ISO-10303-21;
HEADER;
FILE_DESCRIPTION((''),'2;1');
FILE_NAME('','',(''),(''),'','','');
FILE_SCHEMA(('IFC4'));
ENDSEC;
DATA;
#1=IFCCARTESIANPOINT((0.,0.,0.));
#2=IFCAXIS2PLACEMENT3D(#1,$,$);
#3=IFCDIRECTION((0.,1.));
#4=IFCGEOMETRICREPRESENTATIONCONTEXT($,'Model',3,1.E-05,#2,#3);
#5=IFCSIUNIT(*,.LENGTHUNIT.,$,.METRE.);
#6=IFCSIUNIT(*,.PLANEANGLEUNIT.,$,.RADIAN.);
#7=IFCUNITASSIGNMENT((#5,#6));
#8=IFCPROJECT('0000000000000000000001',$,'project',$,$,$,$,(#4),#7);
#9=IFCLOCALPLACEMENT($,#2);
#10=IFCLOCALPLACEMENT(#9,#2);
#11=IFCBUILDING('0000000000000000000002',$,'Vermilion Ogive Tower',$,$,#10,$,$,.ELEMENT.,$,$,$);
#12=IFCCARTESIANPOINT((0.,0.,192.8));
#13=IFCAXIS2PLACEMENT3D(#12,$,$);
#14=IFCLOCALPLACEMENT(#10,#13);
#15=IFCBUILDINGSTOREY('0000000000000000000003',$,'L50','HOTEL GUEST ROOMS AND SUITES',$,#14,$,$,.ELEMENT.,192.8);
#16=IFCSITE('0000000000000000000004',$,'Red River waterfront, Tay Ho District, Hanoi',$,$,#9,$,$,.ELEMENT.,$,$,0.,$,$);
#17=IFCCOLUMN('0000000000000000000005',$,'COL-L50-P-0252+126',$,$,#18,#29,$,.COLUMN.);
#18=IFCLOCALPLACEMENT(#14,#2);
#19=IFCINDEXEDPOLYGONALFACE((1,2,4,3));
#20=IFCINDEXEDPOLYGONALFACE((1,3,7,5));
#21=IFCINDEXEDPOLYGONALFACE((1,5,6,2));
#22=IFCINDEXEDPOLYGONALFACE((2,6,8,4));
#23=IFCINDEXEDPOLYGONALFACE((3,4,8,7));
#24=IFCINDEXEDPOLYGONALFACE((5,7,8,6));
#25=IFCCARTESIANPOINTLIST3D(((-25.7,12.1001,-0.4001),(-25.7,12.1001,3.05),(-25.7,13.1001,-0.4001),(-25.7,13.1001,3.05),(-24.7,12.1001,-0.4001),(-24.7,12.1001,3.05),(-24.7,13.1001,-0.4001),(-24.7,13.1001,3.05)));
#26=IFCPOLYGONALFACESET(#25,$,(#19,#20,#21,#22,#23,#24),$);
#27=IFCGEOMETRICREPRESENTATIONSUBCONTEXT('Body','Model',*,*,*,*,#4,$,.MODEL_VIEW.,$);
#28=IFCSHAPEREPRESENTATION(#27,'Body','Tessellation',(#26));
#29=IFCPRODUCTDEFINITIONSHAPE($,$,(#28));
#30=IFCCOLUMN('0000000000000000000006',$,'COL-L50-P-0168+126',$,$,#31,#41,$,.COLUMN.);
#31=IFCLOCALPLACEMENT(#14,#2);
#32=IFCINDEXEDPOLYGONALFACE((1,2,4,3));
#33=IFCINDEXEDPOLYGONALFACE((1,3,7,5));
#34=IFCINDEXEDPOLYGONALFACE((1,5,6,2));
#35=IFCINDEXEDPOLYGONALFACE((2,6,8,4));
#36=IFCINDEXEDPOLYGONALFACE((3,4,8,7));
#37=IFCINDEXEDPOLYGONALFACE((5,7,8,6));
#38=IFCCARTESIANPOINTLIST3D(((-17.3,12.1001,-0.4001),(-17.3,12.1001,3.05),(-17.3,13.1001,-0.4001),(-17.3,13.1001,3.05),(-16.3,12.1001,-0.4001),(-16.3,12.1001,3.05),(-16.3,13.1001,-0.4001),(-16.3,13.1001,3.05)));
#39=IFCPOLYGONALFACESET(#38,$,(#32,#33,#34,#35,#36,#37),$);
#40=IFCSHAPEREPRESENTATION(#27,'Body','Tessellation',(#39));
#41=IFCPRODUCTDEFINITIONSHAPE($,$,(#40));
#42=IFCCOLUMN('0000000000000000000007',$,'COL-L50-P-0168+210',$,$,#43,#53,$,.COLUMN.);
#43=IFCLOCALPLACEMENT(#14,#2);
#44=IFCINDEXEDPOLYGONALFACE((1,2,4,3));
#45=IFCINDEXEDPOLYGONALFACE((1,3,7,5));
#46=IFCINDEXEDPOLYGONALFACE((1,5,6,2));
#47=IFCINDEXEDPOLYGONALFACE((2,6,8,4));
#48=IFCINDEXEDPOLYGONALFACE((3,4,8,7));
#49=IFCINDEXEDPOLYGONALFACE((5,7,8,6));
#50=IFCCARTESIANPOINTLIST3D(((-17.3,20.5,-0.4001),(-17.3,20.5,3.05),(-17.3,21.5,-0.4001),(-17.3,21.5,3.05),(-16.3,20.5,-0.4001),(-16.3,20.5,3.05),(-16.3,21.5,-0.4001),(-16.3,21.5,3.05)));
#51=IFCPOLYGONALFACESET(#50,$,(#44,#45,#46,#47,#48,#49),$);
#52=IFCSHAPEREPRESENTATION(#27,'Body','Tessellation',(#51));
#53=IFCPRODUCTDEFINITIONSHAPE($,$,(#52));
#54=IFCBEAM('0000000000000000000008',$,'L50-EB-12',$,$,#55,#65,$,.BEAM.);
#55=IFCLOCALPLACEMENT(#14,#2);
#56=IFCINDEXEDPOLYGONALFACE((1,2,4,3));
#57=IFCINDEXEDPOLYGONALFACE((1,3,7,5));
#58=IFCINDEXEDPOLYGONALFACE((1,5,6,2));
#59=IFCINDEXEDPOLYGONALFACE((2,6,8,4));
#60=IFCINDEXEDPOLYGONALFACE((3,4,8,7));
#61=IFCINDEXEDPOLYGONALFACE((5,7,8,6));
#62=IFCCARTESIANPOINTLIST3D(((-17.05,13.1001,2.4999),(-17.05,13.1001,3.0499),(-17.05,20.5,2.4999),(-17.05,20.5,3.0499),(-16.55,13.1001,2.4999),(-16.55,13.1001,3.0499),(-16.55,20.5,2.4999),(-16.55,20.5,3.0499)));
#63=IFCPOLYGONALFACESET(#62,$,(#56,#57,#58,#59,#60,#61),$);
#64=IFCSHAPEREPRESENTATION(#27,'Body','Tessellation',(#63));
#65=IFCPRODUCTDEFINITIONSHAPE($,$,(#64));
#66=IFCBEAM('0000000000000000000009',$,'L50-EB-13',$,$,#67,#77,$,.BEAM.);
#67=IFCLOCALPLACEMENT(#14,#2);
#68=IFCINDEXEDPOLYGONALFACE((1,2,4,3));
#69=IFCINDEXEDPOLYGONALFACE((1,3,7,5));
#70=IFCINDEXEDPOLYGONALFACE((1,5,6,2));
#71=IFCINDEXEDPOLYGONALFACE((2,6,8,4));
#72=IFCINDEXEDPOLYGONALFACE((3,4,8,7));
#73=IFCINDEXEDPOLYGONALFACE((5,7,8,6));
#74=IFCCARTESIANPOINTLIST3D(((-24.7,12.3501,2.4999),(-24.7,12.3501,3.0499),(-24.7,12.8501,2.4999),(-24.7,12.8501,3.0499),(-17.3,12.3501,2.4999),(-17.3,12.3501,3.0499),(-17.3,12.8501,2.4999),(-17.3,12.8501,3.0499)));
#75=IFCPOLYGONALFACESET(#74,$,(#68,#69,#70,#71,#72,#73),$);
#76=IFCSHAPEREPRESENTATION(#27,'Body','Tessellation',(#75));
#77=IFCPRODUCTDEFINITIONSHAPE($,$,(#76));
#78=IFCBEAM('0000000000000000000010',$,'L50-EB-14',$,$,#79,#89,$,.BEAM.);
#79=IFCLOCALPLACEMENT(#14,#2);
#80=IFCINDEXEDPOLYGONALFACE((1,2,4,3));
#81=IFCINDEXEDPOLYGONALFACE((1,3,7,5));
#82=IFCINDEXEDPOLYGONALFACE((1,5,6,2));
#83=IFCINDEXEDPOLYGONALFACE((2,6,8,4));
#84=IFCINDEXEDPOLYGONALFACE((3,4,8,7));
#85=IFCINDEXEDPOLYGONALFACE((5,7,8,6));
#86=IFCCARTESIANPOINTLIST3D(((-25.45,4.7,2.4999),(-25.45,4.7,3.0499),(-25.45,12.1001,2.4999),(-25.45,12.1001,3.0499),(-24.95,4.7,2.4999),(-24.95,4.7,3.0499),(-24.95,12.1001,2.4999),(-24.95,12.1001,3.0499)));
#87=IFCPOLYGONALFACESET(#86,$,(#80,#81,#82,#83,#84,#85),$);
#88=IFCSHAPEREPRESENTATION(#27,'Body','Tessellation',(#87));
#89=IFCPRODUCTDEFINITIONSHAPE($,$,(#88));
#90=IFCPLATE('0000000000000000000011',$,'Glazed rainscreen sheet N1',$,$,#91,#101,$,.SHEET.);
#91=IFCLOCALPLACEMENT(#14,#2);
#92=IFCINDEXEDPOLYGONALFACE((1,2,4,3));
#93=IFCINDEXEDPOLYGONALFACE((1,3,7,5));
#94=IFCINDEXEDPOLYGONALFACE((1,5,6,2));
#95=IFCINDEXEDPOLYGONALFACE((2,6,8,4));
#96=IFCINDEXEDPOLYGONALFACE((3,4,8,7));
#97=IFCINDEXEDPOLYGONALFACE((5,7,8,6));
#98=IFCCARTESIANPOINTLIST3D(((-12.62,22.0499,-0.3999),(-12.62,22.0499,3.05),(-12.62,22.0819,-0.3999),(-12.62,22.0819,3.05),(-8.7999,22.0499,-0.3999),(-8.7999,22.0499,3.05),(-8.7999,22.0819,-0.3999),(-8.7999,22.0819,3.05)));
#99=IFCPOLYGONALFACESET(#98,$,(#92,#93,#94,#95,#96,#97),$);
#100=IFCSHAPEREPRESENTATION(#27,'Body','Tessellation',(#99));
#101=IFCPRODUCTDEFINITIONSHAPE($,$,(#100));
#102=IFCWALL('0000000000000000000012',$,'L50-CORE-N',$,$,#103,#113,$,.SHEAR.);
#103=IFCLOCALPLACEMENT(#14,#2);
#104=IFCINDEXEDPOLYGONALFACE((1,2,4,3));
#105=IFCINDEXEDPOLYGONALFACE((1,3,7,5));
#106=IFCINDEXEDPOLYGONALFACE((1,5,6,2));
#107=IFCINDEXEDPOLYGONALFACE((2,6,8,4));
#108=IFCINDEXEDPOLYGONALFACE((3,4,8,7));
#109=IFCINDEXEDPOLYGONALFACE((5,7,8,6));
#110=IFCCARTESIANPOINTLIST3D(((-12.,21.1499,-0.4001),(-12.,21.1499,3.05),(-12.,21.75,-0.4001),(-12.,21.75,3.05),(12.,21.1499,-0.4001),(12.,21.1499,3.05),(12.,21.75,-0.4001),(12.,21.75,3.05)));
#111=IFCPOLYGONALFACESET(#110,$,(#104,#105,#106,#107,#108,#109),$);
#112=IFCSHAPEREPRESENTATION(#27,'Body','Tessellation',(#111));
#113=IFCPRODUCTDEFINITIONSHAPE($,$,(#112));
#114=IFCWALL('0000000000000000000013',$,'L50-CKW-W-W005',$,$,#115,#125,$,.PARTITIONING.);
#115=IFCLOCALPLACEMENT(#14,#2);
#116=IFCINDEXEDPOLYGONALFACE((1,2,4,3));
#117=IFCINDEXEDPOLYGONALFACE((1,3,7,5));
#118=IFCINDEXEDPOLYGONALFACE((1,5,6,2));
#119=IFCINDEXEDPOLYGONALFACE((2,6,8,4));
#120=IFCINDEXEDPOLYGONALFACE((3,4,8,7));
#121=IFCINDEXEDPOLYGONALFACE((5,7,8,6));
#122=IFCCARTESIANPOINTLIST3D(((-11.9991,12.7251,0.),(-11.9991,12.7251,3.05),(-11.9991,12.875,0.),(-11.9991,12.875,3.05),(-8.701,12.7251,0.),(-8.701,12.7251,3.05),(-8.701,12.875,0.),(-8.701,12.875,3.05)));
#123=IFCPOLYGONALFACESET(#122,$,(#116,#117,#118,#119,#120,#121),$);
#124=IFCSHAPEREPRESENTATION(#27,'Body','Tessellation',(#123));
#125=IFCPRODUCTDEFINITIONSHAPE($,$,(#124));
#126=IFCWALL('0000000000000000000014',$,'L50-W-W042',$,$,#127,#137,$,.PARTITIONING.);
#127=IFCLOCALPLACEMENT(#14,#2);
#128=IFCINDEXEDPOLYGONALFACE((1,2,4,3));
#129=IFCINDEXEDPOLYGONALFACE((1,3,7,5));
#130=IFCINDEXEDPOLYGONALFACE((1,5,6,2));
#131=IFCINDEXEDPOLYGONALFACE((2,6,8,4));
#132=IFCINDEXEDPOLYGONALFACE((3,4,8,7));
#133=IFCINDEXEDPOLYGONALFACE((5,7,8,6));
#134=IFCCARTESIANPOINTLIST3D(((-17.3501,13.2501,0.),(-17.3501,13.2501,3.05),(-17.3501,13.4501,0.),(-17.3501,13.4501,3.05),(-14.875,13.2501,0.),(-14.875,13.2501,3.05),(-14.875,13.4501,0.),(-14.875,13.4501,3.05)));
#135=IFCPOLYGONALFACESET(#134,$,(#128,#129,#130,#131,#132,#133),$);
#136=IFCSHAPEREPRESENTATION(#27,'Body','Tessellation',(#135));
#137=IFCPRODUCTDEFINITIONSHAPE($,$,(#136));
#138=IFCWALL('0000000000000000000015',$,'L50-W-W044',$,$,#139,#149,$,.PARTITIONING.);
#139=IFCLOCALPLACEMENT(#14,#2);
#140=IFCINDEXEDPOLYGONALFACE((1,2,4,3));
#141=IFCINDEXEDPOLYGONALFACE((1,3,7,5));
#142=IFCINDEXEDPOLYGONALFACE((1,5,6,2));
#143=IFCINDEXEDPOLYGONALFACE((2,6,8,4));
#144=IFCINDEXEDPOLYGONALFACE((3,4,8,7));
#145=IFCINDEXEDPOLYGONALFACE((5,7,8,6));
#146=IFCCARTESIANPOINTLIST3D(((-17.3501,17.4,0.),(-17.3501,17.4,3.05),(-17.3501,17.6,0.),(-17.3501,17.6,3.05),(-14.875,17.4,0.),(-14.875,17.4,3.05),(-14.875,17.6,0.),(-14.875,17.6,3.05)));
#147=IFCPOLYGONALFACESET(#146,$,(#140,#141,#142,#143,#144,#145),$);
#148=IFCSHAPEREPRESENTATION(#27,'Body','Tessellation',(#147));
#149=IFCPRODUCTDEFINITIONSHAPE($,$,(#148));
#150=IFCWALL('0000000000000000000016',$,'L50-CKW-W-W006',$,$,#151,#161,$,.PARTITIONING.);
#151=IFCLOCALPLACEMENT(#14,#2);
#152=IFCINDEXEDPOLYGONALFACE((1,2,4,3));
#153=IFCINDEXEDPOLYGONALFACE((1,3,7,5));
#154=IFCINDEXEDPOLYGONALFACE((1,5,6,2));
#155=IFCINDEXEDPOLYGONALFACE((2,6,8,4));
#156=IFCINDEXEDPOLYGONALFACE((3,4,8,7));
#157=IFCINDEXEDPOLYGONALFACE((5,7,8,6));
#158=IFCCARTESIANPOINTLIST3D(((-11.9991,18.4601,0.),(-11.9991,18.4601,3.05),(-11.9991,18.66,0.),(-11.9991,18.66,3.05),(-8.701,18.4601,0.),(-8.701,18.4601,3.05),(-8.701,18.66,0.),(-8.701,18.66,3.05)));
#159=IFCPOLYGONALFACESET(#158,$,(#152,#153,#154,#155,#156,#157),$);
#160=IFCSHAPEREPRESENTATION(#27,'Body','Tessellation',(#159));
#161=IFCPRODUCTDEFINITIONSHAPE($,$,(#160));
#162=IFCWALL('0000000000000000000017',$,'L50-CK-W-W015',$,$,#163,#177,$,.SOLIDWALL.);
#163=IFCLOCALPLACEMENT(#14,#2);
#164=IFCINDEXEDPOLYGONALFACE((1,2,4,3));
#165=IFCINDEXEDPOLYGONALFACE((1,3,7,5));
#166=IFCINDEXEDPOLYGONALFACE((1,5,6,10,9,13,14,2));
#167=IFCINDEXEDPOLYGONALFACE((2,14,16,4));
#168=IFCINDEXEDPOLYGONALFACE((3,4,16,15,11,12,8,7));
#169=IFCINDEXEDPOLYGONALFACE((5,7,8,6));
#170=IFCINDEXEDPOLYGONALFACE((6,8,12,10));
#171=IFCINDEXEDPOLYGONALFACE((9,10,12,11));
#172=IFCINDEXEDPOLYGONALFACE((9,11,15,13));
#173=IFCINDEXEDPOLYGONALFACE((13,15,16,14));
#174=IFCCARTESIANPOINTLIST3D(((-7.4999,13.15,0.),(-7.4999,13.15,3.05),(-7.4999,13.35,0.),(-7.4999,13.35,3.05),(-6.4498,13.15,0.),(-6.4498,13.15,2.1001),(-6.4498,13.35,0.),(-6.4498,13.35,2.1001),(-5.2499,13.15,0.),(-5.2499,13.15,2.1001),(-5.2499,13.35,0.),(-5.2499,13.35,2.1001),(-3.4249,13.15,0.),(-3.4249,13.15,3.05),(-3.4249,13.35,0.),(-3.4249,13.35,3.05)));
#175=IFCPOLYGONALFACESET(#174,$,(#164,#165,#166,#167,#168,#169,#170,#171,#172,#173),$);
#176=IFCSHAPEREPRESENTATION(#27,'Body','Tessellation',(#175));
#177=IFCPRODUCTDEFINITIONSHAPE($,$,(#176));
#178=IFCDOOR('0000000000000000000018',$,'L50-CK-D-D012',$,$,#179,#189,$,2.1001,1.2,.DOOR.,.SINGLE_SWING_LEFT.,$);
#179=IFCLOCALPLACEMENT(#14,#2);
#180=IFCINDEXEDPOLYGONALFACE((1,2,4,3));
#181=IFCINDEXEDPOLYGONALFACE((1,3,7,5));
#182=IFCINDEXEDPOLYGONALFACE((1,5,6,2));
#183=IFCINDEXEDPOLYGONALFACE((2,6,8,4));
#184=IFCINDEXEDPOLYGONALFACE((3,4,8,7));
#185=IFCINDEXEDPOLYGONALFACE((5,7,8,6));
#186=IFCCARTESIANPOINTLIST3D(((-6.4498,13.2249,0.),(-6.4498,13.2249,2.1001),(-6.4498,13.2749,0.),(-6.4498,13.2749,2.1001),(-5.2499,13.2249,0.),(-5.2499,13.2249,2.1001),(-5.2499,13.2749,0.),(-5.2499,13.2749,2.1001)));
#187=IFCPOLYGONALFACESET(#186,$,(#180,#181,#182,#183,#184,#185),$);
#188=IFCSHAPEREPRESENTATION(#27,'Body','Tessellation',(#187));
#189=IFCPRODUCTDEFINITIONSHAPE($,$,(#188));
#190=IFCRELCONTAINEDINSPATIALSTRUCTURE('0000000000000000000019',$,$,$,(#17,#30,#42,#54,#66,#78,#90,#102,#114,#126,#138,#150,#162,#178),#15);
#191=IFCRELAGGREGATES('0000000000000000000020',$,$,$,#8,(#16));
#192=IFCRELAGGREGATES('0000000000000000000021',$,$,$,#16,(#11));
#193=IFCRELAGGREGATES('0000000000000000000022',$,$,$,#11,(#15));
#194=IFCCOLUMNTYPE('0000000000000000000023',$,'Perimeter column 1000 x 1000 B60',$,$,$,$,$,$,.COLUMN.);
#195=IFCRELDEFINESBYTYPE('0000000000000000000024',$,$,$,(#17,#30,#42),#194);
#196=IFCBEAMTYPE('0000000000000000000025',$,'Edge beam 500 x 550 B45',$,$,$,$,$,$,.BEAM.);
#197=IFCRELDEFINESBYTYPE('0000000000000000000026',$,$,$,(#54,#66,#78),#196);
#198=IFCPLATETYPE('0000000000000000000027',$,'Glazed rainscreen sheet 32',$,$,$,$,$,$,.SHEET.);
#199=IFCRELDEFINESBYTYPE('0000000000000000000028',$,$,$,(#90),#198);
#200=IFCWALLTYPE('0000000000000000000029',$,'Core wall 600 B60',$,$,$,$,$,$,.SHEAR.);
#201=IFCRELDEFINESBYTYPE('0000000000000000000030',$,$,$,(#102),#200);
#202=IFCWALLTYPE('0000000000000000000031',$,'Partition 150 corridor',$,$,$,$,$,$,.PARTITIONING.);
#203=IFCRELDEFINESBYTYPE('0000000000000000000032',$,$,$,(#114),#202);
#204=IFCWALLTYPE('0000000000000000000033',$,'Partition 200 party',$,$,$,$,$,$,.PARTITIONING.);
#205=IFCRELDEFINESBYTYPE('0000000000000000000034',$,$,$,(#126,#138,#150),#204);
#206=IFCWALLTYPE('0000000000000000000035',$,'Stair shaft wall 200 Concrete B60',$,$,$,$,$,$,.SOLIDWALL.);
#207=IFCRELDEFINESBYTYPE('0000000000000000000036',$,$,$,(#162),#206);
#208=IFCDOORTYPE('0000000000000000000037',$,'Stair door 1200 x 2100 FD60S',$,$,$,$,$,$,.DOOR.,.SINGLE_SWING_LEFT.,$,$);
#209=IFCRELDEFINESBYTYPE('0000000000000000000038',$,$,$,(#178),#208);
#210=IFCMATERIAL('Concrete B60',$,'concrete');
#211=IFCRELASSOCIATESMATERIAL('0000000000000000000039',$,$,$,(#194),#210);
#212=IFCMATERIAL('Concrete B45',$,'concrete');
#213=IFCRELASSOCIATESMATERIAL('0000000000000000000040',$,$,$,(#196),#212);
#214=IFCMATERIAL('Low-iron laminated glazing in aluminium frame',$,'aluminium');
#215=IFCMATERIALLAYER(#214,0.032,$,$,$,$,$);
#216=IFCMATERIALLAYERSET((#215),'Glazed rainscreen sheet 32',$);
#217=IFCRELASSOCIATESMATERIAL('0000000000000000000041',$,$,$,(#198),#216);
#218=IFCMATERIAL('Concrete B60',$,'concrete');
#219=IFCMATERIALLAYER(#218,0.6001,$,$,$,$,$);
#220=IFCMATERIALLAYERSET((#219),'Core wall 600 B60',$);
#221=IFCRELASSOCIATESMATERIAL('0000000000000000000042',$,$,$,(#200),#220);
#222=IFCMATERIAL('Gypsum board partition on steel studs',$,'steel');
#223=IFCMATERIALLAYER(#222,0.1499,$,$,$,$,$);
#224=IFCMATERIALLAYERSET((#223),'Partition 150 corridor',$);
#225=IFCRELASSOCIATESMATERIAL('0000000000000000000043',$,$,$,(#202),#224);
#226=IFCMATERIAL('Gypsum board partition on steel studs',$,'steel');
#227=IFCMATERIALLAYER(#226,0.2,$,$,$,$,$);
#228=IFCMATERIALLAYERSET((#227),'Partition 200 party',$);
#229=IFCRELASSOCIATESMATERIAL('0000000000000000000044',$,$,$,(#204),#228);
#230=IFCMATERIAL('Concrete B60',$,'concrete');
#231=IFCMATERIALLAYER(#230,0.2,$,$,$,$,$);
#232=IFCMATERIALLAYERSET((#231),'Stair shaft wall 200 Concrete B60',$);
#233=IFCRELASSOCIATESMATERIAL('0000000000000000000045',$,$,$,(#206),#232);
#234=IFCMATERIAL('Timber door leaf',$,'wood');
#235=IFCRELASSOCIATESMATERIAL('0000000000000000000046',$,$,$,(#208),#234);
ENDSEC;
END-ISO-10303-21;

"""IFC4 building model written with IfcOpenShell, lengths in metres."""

from ifc_helpers import new_model, si_unit, direction, frame, frame_2d, origin, origin_2d, place, context, subcontext, project, spatial, rectangle, extrude, material, layer, layer_set, material_profile, profile_set, type_object, element, fill, save


model = new_model("IFC4")

# Units and contexts
model_context = context("Model", 3, precision=1e-05, world=origin(), true_north=direction((0.0, 1.0)))
body_context = subcontext(model_context, "Body", "Model", "MODEL_VIEW")
ifc_project = project(units=[si_unit("LENGTHUNIT", "METRE"), si_unit("PLANEANGLEUNIT", "RADIAN")], contexts=[model_context])

# Site, building, storey
site_placement = place(None, origin())
site = spatial("IfcSite", under=ifc_project, at=site_placement, Name="Red River waterfront, Tay Ho District, Hanoi", CompositionType="ELEMENT", RefElevation=0.0)
building_placement = place(site_placement, origin())
building = spatial("IfcBuilding", under=site, at=building_placement, Name="Vermilion Ogive Tower", CompositionType="ELEMENT")
storey_placement = place(building_placement, frame((0.0, 0.0, 192.8)))
storey = spatial("IfcBuildingStorey", under=building, at=storey_placement, Name="L50", Description="HOTEL GUEST ROOMS AND SUITES", CompositionType="ELEMENT", Elevation=192.8)

# Columns
ifc_material_1 = material(Name="Concrete B60", Category="concrete")
ifc_material_profile_1 = material_profile(ifc_material_1, rectangle(XDim=1.0, YDim=1.0, at=origin_2d()), Name="1000 x 1000")
ifc_profile_set_1 = profile_set([ifc_material_profile_1], Name="Concrete B60")
column_type = type_object("IfcColumnType", Name="Perimeter column 1000 x 1000 B60", PredefinedType="COLUMN", material=ifc_profile_set_1)
for number, where, z_axis, x_axis, name in (
    (1, (-25.2, 12.6001, -0.4001), (0.0, 0.0, 1.0), (1.0, 0.0, 0.0), "COL-L50-P-0252+126"),
    (2, (-16.8, 12.6001, -0.4001), (0.0, 0.0, 1.0), (1.0, 0.0, 0.0), "COL-L50-P-0168+126"),
    (3, (-16.8, 21.0, -0.4001), (0.0, 0.0, 1.0), (1.0, 0.0, 0.0), "COL-L50-P-0168+210"),
):
    element("IfcColumn", number, at=place(storey_placement, frame(where, z_axis=z_axis, x_axis=x_axis)), inside=storey, type_object=column_type, Name=name, PredefinedType="COLUMN", context=body_context, shape_type="SweptSolid", body=[
        extrude(rectangle(XDim=1.0, YDim=1.0, at=origin_2d()), origin(), (0.0, 0.0, 1.0), 3.4502),
    ])

# Beams
ifc_material_2 = material(Name="Concrete B45", Category="concrete")
ifc_material_profile_2 = material_profile(ifc_material_2, rectangle(XDim=0.5, YDim=0.55, at=origin_2d()), Name="500 x 550")
ifc_profile_set_2 = profile_set([ifc_material_profile_2], Name="Concrete B45")
beam_type = type_object("IfcBeamType", Name="Edge beam 500 x 550 B45", PredefinedType="BEAM", material=ifc_profile_set_2)
for number, where, z_axis, x_axis, name in (
    (4, (-16.8, 20.5, 2.7749), (0.0, -1.0, 0.0), (1.0, 0.0, 0.0), "L50-EB-12"),
    (5, (-17.3, 12.6001, 2.7749), (-1.0, 0.0, 0.0), (0.0, -1.0, 0.0), "L50-EB-13"),
):
    element("IfcBeam", number, at=place(storey_placement, frame(where, z_axis=z_axis, x_axis=x_axis)), inside=storey, type_object=beam_type, Name=name, PredefinedType="BEAM", context=body_context, shape_type="SweptSolid", body=[
        extrude(rectangle(XDim=0.5, YDim=0.55, at=origin_2d()), origin(), (0.0, 0.0, 1.0), 7.3999),
    ])
beam_placement = place(storey_placement, frame((-25.2, 12.1001, 2.7749), z_axis=(0.0, -1.0, 0.0), x_axis=(1.0, 0.0, 0.0)))
element("IfcBeam", 6, at=beam_placement, inside=storey, type_object=beam_type, Name="L50-EB-14", PredefinedType="BEAM", context=body_context, shape_type="SweptSolid", body=[
    extrude(rectangle(XDim=0.5, YDim=0.55, at=origin_2d()), origin(), (0.0, 0.0, 1.0), 7.4001),
])

# Plate
ifc_material_3 = material(Name="Low-iron laminated glazing in aluminium frame", Category="aluminium")
ifc_layer_1 = layer(ifc_material_3, 0.032)
ifc_layer_set_1 = layer_set([ifc_layer_1], Name="Glazed rainscreen sheet 32")
plate_type = type_object("IfcPlateType", Name="Glazed rainscreen sheet 32", PredefinedType="SHEET", material=ifc_layer_set_1)
plate_placement = place(storey_placement, frame((-10.71, 22.0659, -0.3999), z_axis=(0.0, 0.0, 1.0), x_axis=(1.0, 0.0, 0.0)))
element("IfcPlate", 7, at=plate_placement, inside=storey, type_object=plate_type, Name="Glazed rainscreen sheet N1", PredefinedType="SHEET", context=body_context, shape_type="SweptSolid", body=[
    extrude(rectangle(XDim=3.8201, YDim=0.032, at=origin_2d()), origin(), (0.0, 0.0, 1.0), 3.45),
])

# Walls
ifc_material_4 = material(Name="Concrete B60", Category="concrete")
ifc_layer_2 = layer(ifc_material_4, 0.6001)
ifc_layer_set_2 = layer_set([ifc_layer_2], Name="Core wall 600 B60")
wall_type_1 = type_object("IfcWallType", Name="Core wall 600 B60", PredefinedType="SHEAR", material=ifc_layer_set_2)
wall_1_placement = place(storey_placement, frame((-12.0, 21.45, -0.4001), z_axis=(0.0, 0.0, 1.0), x_axis=(1.0, 0.0, 0.0)))
element("IfcWall", 8, at=wall_1_placement, inside=storey, type_object=wall_type_1, Name="L50-CORE-N", PredefinedType="SHEAR", context=body_context, shape_type="SweptSolid", body=[
    extrude(rectangle(XDim=24.0, YDim=0.6001, at=frame_2d((12.0, 0.0))), origin(), (0.0, 0.0, 1.0), 3.4502),
])
ifc_material_5 = material(Name="Gypsum board partition on steel studs", Category="steel")
ifc_layer_3 = layer(ifc_material_5, 0.1499)
ifc_layer_set_3 = layer_set([ifc_layer_3], Name="Partition 150 corridor")
wall_type_2 = type_object("IfcWallType", Name="Partition 150 corridor", PredefinedType="PARTITIONING", material=ifc_layer_set_3)
wall_2_placement = place(storey_placement, frame((-11.999, 12.8, 0.0), z_axis=(0.0, 0.0, 1.0), x_axis=(1.0, 0.0, 0.0)))
element("IfcWall", 9, at=wall_2_placement, inside=storey, type_object=wall_type_2, Name="L50-CKW-W-W005", PredefinedType="PARTITIONING", context=body_context, shape_type="SweptSolid", body=[
    extrude(rectangle(XDim=3.2981, YDim=0.1499, at=frame_2d((1.6489, 0.0))), origin(), (0.0, 0.0, 1.0), 3.05),
])
ifc_material_6 = material(Name="Gypsum board partition on steel studs", Category="steel")
ifc_layer_4 = layer(ifc_material_6, 0.2)
ifc_layer_set_4 = layer_set([ifc_layer_4], Name="Partition 200 party")
wall_type_3 = type_object("IfcWallType", Name="Partition 200 party", PredefinedType="PARTITIONING", material=ifc_layer_set_4)
for number, where, z_axis, x_axis, name in (
    (10, (-17.3501, 13.3501, 0.0), (0.0, 0.0, 1.0), (1.0, 0.0, 0.0), "L50-W-W042"),
    (11, (-17.3501, 17.5, 0.0), (0.0, 0.0, 1.0), (1.0, 0.0, 0.0), "L50-W-W044"),
):
    element("IfcWall", number, at=place(storey_placement, frame(where, z_axis=z_axis, x_axis=x_axis)), inside=storey, type_object=wall_type_3, Name=name, PredefinedType="PARTITIONING", context=body_context, shape_type="SweptSolid", body=[
        extrude(rectangle(XDim=2.4751, YDim=0.2, at=frame_2d((1.2375, 0.0))), origin(), (0.0, 0.0, 1.0), 3.05),
    ])
wall_3_placement = place(storey_placement, frame((-11.999, 18.5601, 0.0), z_axis=(0.0, 0.0, 1.0), x_axis=(1.0, 0.0, 0.0)))
element("IfcWall", 12, at=wall_3_placement, inside=storey, type_object=wall_type_3, Name="L50-CKW-W-W006", PredefinedType="PARTITIONING", context=body_context, shape_type="SweptSolid", body=[
    extrude(rectangle(XDim=3.2981, YDim=0.2, at=frame_2d((1.6489, 0.0))), origin(), (0.0, 0.0, 1.0), 3.05),
])

# Wall, opening, door
ifc_material_7 = material(Name="Concrete B60", Category="concrete")
ifc_layer_5 = layer(ifc_material_7, 0.2)
ifc_layer_set_5 = layer_set([ifc_layer_5], Name="Stair shaft wall 200 Concrete B60")
wall_type_4 = type_object("IfcWallType", Name="Stair shaft wall 200 Concrete B60", PredefinedType="SOLIDWALL", material=ifc_layer_set_5)
wall_4_placement = place(storey_placement, frame((-7.5, 13.25, 0.0), z_axis=(0.0, 0.0, 1.0), x_axis=(1.0, 0.0, 0.0)))
wall_4 = element("IfcWall", 13, at=wall_4_placement, inside=storey, type_object=wall_type_4, Name="L50-CK-W-W015", PredefinedType="SOLIDWALL", context=body_context, shape_type="SweptSolid", body=[
    extrude(rectangle(XDim=4.075, YDim=0.2, at=frame_2d((2.0376, 0.0))), origin(), (0.0, 0.0, 1.0), 3.05),
])
opening_1_placement = place(wall_4_placement, frame((1.05, 0.0, 0.0)))
opening_1 = element("IfcOpeningElement", 14, at=opening_1_placement, cuts=wall_4, PredefinedType="OPENING", context=body_context, shape_type="SweptSolid", body=[
    extrude(rectangle(XDim=1.2, YDim=2.1001, at=frame_2d((0.6001, 1.05))), frame((0.0, 0.1099, 0.0), z_axis=(0.0, -1.0, 0.0), x_axis=(1.0, 0.0, 0.0)), (0.0, 0.0, 1.0), 0.22),
])
ifc_material_8 = material(Name="Timber door leaf", Category="wood")
door_type_1 = type_object("IfcDoorType", Name="Stair door 1200 x 2100 FD60S", OperationType="SINGLE_SWING_LEFT", PredefinedType="DOOR", material=ifc_material_8)
door_1_placement = place(opening_1_placement, origin())
door_1 = element("IfcDoor", 15, at=door_1_placement, inside=storey, type_object=door_type_1, Name="L50-CK-D-D012", OperationType="SINGLE_SWING_LEFT", OverallHeight=2.1001, OverallWidth=1.2, PredefinedType="DOOR", context=body_context, shape_type="SweptSolid", body=[
    extrude(rectangle(XDim=1.2, YDim=2.1001, at=frame_2d((0.6001, 1.05))), frame((0.0, 0.0249, 0.0), z_axis=(0.0, -1.0, 0.0), x_axis=(1.0, 0.0, 0.0)), (0.0, 0.0, 1.0), 0.05),
])
fill(opening_1, door_1)

save(model, "model.ifc")
